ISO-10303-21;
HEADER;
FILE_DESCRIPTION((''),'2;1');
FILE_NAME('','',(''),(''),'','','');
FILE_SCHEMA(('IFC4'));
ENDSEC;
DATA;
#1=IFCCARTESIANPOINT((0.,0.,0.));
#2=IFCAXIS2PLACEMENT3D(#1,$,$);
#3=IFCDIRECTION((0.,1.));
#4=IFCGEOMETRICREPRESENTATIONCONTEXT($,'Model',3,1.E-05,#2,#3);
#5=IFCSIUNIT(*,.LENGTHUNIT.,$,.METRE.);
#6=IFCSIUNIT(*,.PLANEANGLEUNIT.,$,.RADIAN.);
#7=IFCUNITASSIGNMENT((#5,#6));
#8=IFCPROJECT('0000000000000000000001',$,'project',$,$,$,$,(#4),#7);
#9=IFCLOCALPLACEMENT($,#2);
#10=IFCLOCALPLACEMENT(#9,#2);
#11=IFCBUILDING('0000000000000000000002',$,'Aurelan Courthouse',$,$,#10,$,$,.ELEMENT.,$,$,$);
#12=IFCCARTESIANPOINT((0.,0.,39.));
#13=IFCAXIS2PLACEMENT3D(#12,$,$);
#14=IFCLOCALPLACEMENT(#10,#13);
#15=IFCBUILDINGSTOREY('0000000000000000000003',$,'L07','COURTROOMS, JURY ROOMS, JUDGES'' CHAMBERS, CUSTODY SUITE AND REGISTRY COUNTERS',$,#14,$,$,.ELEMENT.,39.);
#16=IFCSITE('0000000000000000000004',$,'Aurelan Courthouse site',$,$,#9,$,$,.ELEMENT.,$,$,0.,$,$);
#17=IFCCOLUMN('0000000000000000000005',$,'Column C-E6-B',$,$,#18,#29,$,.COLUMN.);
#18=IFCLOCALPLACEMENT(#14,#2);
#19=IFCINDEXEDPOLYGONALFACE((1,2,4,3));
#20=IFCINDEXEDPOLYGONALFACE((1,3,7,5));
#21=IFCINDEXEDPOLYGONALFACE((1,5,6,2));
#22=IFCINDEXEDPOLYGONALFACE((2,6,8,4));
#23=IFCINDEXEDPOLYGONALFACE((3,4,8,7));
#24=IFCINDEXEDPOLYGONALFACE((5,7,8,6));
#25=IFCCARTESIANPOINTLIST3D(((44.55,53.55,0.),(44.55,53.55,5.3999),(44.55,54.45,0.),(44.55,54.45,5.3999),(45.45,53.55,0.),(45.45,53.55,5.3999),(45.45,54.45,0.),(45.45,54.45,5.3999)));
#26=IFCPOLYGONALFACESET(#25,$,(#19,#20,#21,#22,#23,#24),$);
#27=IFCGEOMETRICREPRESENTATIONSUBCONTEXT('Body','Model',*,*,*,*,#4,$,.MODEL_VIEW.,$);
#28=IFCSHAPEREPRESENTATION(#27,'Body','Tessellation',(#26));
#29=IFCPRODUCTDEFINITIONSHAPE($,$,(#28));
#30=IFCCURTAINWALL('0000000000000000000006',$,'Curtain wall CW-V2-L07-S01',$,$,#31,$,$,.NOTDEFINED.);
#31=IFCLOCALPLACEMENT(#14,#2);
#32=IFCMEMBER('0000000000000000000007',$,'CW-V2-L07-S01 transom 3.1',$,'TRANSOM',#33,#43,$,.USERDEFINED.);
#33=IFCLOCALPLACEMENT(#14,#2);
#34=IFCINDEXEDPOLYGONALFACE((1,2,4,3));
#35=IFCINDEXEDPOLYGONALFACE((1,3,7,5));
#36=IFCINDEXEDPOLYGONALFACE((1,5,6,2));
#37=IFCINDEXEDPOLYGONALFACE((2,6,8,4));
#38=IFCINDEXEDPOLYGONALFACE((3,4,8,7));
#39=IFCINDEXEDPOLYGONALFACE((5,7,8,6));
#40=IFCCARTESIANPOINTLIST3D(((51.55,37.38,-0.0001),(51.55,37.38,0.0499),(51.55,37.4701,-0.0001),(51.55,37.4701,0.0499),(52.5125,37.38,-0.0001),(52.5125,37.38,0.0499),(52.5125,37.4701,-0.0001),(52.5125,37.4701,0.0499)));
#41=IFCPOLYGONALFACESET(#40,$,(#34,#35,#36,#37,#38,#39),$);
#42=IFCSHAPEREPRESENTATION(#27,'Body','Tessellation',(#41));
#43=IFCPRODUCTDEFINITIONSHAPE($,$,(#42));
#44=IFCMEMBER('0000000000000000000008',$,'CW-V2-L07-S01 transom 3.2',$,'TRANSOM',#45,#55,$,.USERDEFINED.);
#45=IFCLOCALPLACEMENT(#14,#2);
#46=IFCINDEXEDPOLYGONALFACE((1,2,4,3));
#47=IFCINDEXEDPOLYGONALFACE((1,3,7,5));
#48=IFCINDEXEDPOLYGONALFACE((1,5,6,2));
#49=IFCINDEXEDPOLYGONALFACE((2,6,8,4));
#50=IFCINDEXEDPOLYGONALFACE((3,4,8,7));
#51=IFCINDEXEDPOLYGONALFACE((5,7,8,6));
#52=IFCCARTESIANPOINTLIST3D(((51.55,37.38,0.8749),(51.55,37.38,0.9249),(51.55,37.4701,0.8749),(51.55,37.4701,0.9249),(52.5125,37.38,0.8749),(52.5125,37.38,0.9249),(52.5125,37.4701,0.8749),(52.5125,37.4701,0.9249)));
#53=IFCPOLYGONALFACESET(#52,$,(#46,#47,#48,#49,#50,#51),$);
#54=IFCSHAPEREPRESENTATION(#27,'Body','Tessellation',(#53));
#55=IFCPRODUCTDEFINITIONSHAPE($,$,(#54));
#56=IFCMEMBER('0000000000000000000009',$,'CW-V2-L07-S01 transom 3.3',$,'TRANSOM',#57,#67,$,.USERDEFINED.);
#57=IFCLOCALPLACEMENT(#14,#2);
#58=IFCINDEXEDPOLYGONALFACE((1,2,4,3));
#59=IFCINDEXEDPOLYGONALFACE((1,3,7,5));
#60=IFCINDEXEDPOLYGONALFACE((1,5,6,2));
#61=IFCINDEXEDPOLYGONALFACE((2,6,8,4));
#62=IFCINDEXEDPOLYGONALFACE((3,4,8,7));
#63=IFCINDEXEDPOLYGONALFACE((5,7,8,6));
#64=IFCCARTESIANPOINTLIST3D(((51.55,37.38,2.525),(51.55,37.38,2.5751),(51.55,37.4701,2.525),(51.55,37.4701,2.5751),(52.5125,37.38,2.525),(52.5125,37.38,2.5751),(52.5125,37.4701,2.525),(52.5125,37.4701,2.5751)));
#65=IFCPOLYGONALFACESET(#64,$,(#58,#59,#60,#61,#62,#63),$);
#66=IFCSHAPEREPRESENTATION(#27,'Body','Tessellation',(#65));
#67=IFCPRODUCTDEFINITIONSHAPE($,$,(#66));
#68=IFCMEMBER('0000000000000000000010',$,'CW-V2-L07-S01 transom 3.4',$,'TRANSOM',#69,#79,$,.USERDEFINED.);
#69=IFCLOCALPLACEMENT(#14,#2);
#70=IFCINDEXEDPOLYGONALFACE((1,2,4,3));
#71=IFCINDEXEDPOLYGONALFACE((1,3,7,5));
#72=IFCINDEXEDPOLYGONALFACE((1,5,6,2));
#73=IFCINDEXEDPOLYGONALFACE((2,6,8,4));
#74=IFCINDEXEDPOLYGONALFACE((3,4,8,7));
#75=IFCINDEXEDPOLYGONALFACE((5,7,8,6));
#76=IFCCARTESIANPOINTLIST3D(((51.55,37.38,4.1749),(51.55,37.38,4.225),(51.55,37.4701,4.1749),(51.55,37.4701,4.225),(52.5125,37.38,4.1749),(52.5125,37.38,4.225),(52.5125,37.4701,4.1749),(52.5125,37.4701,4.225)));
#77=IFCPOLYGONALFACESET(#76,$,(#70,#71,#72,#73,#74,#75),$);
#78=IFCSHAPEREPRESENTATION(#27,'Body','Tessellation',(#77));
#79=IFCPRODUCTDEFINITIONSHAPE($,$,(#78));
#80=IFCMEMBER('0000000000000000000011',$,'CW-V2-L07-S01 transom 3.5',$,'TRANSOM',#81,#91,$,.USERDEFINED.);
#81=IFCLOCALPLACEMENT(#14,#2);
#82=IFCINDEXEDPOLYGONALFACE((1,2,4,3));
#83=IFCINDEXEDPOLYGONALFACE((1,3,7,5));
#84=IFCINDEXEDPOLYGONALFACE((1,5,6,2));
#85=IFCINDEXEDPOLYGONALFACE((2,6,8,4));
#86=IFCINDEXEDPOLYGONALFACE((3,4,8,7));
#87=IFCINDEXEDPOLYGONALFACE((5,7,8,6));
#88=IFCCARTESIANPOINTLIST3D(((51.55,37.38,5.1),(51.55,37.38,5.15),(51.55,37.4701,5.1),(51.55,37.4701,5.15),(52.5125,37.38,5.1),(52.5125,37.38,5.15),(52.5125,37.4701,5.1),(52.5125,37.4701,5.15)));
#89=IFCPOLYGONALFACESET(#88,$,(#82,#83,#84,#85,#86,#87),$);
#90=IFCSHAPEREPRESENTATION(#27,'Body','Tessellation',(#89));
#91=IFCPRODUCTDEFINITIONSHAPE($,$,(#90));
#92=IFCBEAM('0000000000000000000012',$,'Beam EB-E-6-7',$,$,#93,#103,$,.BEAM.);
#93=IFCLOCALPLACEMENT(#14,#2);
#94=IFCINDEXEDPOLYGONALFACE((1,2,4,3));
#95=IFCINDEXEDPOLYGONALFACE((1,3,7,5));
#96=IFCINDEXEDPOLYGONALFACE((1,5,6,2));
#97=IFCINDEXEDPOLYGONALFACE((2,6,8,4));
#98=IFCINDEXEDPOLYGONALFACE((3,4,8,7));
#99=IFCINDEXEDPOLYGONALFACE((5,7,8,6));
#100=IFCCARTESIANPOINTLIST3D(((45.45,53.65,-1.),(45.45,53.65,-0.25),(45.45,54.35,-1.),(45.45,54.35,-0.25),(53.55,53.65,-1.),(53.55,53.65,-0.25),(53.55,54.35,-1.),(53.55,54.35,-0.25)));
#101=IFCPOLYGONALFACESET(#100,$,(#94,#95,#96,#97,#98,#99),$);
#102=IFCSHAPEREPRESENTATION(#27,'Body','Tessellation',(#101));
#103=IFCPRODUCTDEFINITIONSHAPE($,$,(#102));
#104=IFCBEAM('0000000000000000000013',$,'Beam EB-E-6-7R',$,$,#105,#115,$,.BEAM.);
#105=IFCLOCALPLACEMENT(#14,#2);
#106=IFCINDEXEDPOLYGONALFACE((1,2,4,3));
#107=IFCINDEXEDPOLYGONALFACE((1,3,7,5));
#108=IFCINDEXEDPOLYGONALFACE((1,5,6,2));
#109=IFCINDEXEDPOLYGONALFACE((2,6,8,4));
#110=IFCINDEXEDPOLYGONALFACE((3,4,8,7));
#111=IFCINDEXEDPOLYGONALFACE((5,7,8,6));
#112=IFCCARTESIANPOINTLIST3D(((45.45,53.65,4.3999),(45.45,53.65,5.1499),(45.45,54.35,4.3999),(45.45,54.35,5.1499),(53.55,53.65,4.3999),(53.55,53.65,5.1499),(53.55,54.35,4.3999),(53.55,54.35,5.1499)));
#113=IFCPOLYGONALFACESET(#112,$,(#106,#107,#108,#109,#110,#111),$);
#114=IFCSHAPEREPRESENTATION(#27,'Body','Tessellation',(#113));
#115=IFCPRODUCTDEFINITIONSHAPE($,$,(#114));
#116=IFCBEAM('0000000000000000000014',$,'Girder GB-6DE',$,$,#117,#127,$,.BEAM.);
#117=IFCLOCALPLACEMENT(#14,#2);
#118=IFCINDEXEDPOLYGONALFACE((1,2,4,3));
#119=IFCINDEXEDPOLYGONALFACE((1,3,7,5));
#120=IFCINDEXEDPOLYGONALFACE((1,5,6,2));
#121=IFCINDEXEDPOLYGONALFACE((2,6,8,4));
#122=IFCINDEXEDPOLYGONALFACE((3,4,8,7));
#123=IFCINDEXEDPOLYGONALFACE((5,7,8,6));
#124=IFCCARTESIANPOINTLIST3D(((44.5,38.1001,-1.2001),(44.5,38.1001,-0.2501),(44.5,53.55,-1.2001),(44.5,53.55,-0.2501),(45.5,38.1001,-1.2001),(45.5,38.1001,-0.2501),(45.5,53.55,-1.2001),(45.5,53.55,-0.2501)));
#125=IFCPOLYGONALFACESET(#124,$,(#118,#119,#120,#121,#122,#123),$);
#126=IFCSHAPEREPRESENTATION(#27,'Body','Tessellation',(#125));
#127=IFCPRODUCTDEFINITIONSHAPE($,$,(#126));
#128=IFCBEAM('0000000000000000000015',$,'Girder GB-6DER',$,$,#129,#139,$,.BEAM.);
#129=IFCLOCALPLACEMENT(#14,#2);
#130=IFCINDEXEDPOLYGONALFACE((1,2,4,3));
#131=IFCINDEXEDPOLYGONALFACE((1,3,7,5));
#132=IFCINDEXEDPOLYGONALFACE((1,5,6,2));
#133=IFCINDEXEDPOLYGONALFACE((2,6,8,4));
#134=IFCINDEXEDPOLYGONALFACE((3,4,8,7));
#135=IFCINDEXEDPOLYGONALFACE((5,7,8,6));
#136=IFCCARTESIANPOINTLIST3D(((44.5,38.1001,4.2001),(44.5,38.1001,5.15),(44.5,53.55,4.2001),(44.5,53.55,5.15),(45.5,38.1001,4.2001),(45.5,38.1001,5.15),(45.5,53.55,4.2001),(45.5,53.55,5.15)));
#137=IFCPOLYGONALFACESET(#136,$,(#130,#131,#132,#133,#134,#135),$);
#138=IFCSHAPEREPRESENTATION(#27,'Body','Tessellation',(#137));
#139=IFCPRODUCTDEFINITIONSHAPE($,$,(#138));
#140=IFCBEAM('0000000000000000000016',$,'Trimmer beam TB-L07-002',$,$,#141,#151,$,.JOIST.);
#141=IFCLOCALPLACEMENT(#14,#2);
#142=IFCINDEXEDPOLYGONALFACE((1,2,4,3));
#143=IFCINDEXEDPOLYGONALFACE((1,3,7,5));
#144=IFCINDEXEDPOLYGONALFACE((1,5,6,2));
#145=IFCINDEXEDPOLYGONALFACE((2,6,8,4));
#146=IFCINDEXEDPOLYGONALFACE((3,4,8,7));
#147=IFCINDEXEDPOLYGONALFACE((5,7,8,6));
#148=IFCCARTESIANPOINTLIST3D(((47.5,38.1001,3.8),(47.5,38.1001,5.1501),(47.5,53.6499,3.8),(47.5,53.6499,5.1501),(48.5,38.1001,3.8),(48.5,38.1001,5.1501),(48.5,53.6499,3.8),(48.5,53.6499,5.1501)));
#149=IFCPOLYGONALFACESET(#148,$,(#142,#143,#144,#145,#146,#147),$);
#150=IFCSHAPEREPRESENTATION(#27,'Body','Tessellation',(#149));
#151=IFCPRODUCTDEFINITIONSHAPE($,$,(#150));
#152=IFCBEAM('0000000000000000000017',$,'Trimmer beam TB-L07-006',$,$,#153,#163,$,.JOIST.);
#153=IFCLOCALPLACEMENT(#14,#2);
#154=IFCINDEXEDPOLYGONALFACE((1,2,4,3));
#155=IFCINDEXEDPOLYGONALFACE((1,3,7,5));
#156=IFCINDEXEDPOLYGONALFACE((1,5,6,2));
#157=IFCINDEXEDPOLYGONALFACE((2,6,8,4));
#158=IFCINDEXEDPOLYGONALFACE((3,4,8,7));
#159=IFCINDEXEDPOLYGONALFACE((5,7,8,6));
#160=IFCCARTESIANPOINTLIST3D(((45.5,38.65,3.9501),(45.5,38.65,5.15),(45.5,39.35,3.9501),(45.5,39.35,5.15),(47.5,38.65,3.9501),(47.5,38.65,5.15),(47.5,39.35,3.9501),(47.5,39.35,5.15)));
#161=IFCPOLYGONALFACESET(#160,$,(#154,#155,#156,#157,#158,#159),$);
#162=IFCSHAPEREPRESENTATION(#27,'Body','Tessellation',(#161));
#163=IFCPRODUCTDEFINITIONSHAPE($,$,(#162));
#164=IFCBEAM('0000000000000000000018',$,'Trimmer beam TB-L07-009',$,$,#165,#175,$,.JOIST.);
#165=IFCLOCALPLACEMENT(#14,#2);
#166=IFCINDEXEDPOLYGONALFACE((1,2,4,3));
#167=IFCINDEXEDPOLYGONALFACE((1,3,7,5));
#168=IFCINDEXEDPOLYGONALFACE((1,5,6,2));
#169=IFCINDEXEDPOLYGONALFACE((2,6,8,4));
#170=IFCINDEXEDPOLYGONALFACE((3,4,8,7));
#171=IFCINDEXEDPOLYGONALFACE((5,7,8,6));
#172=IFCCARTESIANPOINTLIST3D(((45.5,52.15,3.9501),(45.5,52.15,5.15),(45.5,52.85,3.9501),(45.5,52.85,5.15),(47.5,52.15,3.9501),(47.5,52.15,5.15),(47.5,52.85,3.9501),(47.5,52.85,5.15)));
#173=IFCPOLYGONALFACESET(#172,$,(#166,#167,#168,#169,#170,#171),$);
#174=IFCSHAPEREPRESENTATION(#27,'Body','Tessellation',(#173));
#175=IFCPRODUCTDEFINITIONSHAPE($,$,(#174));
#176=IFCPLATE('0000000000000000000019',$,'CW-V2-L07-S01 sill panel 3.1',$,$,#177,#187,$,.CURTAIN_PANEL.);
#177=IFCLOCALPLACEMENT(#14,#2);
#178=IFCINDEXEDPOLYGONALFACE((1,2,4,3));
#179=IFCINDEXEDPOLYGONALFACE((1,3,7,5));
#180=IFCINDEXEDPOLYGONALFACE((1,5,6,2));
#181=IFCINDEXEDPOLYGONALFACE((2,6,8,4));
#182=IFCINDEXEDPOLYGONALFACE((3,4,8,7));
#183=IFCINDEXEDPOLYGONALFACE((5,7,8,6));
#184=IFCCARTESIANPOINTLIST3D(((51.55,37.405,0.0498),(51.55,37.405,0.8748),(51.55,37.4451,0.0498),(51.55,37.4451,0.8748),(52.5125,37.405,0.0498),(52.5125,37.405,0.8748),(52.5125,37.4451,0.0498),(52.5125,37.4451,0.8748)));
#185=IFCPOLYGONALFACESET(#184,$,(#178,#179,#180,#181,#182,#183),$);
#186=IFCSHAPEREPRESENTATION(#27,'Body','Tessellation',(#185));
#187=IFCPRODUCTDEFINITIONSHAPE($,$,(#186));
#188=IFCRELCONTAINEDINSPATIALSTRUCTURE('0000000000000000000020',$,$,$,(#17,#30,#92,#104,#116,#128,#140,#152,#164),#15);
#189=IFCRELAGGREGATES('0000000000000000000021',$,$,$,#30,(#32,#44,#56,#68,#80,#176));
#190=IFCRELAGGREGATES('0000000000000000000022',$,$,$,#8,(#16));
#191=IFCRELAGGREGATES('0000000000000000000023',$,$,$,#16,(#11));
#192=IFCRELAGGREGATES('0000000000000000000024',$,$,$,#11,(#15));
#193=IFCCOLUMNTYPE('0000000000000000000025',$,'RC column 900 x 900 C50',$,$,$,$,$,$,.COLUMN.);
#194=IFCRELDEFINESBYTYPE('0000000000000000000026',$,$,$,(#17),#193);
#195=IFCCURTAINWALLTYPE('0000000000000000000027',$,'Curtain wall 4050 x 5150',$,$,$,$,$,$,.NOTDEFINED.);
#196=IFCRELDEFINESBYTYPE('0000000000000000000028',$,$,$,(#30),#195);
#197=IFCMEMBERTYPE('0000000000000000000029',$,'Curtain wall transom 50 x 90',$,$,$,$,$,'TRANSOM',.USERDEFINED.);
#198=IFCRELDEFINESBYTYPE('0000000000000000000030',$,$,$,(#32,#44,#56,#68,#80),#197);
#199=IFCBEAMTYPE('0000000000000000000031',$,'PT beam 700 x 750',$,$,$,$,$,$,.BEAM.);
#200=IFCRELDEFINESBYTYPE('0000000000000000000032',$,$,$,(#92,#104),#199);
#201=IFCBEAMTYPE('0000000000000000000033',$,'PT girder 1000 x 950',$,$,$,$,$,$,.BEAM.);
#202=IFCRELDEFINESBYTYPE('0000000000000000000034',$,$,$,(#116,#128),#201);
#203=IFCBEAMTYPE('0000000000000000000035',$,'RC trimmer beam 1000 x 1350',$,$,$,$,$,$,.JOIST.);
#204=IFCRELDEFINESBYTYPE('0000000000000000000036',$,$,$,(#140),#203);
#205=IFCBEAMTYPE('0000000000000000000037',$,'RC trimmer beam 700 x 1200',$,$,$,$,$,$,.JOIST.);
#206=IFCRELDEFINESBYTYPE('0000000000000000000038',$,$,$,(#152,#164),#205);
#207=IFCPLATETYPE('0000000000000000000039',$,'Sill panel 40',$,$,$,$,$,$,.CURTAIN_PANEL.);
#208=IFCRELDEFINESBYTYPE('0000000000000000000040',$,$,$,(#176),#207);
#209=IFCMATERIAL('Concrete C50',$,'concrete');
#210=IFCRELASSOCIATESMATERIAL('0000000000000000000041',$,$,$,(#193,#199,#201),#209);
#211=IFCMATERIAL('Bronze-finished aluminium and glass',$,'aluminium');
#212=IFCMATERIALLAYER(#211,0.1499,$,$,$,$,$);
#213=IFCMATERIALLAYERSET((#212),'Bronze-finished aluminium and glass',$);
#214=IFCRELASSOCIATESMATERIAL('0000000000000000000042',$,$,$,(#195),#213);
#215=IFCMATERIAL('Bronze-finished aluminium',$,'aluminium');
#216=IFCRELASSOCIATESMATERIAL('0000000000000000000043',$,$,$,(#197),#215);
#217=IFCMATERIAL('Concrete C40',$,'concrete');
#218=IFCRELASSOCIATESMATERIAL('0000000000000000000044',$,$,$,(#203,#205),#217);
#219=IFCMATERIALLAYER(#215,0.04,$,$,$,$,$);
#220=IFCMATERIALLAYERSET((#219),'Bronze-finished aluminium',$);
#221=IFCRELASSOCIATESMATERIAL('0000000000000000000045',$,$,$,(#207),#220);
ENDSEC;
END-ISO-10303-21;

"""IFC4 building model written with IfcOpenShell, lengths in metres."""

from ifc_helpers import new_model, si_unit, direction, frame, origin, origin_2d, place, context, subcontext, project, spatial, rectangle, extrude, material, layer, layer_set, material_profile, profile_set, type_object, element, aggregate, save


model = new_model("IFC4")

# Units and contexts
model_context = context("Model", 3, precision=1e-05, world=origin(), true_north=direction((0.0, 1.0)))
body_context = subcontext(model_context, "Body", "Model", "MODEL_VIEW")
ifc_project = project(units=[si_unit("LENGTHUNIT", "METRE"), si_unit("PLANEANGLEUNIT", "RADIAN")], contexts=[model_context])

# Site, building, storey
site_placement = place(None, origin())
site = spatial("IfcSite", under=ifc_project, at=site_placement, Name="Aurelan Courthouse site", CompositionType="ELEMENT", RefElevation=0.0)
building_placement = place(site_placement, origin())
building = spatial("IfcBuilding", under=site, at=building_placement, Name="Aurelan Courthouse", CompositionType="ELEMENT")
storey_placement = place(building_placement, frame((0.0, 0.0, 39.0)))
storey = spatial("IfcBuildingStorey", under=building, at=storey_placement, Name="L07", Description="COURTROOMS, JURY ROOMS, JUDGES' CHAMBERS, CUSTODY SUITE AND REGISTRY COUNTERS", CompositionType="ELEMENT", Elevation=39.0)

# Column
ifc_material_1 = material(Name="Concrete C50", Category="concrete")
ifc_material_profile_1 = material_profile(ifc_material_1, rectangle(XDim=0.8999, YDim=0.8999, at=origin_2d()), Name="RC 900 x 900")
ifc_profile_set_1 = profile_set([ifc_material_profile_1], Name="Concrete C50")
column_type = type_object("IfcColumnType", Name="RC column 900 x 900 C50", PredefinedType="COLUMN", material=ifc_profile_set_1)
column_placement = place(storey_placement, frame((45.0, 54.0, 0.0), z_axis=(0.0, 0.0, 1.0), x_axis=(1.0, 0.0, 0.0)))
element("IfcColumn", 1, at=column_placement, inside=storey, type_object=column_type, Name="Column C-E6-B", PredefinedType="COLUMN", context=body_context, shape_type="SweptSolid", body=[
    extrude(rectangle(XDim=0.8999, YDim=0.8999, at=origin_2d()), origin(), (0.0, 0.0, 1.0), 5.3999),
])

# Curtain wall, members
ifc_material_2 = material(Name="Bronze-finished aluminium and glass", Category="aluminium")
ifc_layer_1 = layer(ifc_material_2, 0.1499)
ifc_layer_set_1 = layer_set([ifc_layer_1], Name="Bronze-finished aluminium and glass")
curtain_wall_type = type_object("IfcCurtainWallType", Name="Curtain wall 4050 x 5150", PredefinedType="NOTDEFINED", material=ifc_layer_set_1)
curtain_wall_placement = place(storey_placement, origin())
curtain_wall = element("IfcCurtainWall", 2, at=curtain_wall_placement, inside=storey, type_object=curtain_wall_type, Name="Curtain wall CW-V2-L07-S01", PredefinedType="NOTDEFINED")
ifc_material_3 = material(Name="Bronze-finished aluminium", Category="aluminium")
ifc_material_profile_2 = material_profile(ifc_material_3, rectangle(XDim=0.0901, YDim=0.05, at=origin_2d()), Name="Bronze transom 50 x 90")
ifc_profile_set_2 = profile_set([ifc_material_profile_2], Name="Bronze-finished aluminium")
member_type = type_object("IfcMemberType", Name="Curtain wall transom 50 x 90", ElementType="TRANSOM", PredefinedType="USERDEFINED", material=ifc_profile_set_2)
member_1_placement = place(storey_placement, frame((51.55, 37.425, 0.0249), z_axis=(1.0, 0.0, 0.0), x_axis=(0.0, 1.0, 0.0)))
member_1 = element("IfcMember", 3, at=member_1_placement, type_object=member_type, Name="CW-V2-L07-S01 transom 3.1", ObjectType="TRANSOM", PredefinedType="USERDEFINED", context=body_context, shape_type="SweptSolid", body=[
    extrude(rectangle(XDim=0.0901, YDim=0.05, at=origin_2d()), origin(), (0.0, 0.0, 1.0), 0.9624),
])
member_2_placement = place(storey_placement, frame((51.55, 37.425, 0.8999), z_axis=(1.0, 0.0, 0.0), x_axis=(0.0, 1.0, 0.0)))
member_2 = element("IfcMember", 4, at=member_2_placement, type_object=member_type, Name="CW-V2-L07-S01 transom 3.2", ObjectType="TRANSOM", PredefinedType="USERDEFINED", context=body_context, shape_type="SweptSolid", body=[
    extrude(rectangle(XDim=0.0901, YDim=0.05, at=origin_2d()), origin(), (0.0, 0.0, 1.0), 0.9624),
])
member_3_placement = place(storey_placement, frame((51.55, 37.425, 2.55), z_axis=(1.0, 0.0, 0.0), x_axis=(0.0, 1.0, 0.0)))
member_3 = element("IfcMember", 5, at=member_3_placement, type_object=member_type, Name="CW-V2-L07-S01 transom 3.3", ObjectType="TRANSOM", PredefinedType="USERDEFINED", context=body_context, shape_type="SweptSolid", body=[
    extrude(rectangle(XDim=0.0901, YDim=0.05, at=origin_2d()), origin(), (0.0, 0.0, 1.0), 0.9624),
])
member_4_placement = place(storey_placement, frame((51.55, 37.425, 4.2), z_axis=(1.0, 0.0, 0.0), x_axis=(0.0, 1.0, 0.0)))
member_4 = element("IfcMember", 6, at=member_4_placement, type_object=member_type, Name="CW-V2-L07-S01 transom 3.4", ObjectType="TRANSOM", PredefinedType="USERDEFINED", context=body_context, shape_type="SweptSolid", body=[
    extrude(rectangle(XDim=0.0901, YDim=0.05, at=origin_2d()), origin(), (0.0, 0.0, 1.0), 0.9624),
])
member_5_placement = place(storey_placement, frame((51.55, 37.425, 5.125), z_axis=(1.0, 0.0, 0.0), x_axis=(0.0, 1.0, 0.0)))
member_5 = element("IfcMember", 7, at=member_5_placement, type_object=member_type, Name="CW-V2-L07-S01 transom 3.5", ObjectType="TRANSOM", PredefinedType="USERDEFINED", context=body_context, shape_type="SweptSolid", body=[
    extrude(rectangle(XDim=0.0901, YDim=0.05, at=origin_2d()), origin(), (0.0, 0.0, 1.0), 0.9624),
])

# Beams
ifc_material_profile_3 = material_profile(ifc_material_1, rectangle(XDim=0.7, YDim=0.75, at=origin_2d()), Name="RC 700 x 750")
ifc_profile_set_3 = profile_set([ifc_material_profile_3], Name="Concrete C50")
beam_type_1 = type_object("IfcBeamType", Name="PT beam 700 x 750", PredefinedType="BEAM", material=ifc_profile_set_3)
for number, where, z_axis, x_axis, name in (
    (8, (45.45, 54.0, -0.625), (1.0, 0.0, 0.0), (0.0, 1.0, 0.0), "Beam EB-E-6-7"),
    (9, (45.45, 54.0, 4.7749), (1.0, 0.0, 0.0), (0.0, 1.0, 0.0), "Beam EB-E-6-7R"),
):
    element("IfcBeam", number, at=place(storey_placement, frame(where, z_axis=z_axis, x_axis=x_axis)), inside=storey, type_object=beam_type_1, Name=name, PredefinedType="BEAM", context=body_context, shape_type="SweptSolid", body=[
        extrude(rectangle(XDim=0.7, YDim=0.75, at=origin_2d()), origin(), (0.0, 0.0, 1.0), 8.1001),
    ])
ifc_material_profile_4 = material_profile(ifc_material_1, rectangle(XDim=1.0, YDim=0.95, at=origin_2d()), Name="RC 1000 x 950")
ifc_profile_set_4 = profile_set([ifc_material_profile_4], Name="Concrete C50")
beam_type_2 = type_object("IfcBeamType", Name="PT girder 1000 x 950", PredefinedType="BEAM", material=ifc_profile_set_4)
for number, where, z_axis, x_axis, name in (
    (10, (45.0, 38.1001, -0.7251), (0.0, 1.0, 0.0), (-1.0, 0.0, 0.0), "Girder GB-6DE"),
    (11, (45.0, 38.1001, 4.675), (0.0, 1.0, 0.0), (-1.0, 0.0, 0.0), "Girder GB-6DER"),
):
    element("IfcBeam", number, at=place(storey_placement, frame(where, z_axis=z_axis, x_axis=x_axis)), inside=storey, type_object=beam_type_2, Name=name, PredefinedType="BEAM", context=body_context, shape_type="SweptSolid", body=[
        extrude(rectangle(XDim=1.0, YDim=0.95, at=origin_2d()), origin(), (0.0, 0.0, 1.0), 15.45),
    ])
ifc_material_4 = material(Name="Concrete C40", Category="concrete")
ifc_material_profile_5 = material_profile(ifc_material_4, rectangle(XDim=1.0, YDim=1.3501, at=origin_2d()), Name="RC 1000 x 1350")
ifc_profile_set_5 = profile_set([ifc_material_profile_5], Name="Concrete C40")
beam_type_3 = type_object("IfcBeamType", Name="RC trimmer beam 1000 x 1350", PredefinedType="JOIST", material=ifc_profile_set_5)
beam_placement = place(storey_placement, frame((48.0, 38.1001, 4.4751), z_axis=(0.0, 1.0, 0.0), x_axis=(-1.0, 0.0, 0.0)))
element("IfcBeam", 12, at=beam_placement, inside=storey, type_object=beam_type_3, Name="Trimmer beam TB-L07-002", PredefinedType="JOIST", context=body_context, shape_type="SweptSolid", body=[
    extrude(rectangle(XDim=1.0, YDim=1.3501, at=origin_2d()), origin(), (0.0, 0.0, 1.0), 15.5498),
])
ifc_material_profile_6 = material_profile(ifc_material_4, rectangle(XDim=0.7, YDim=1.2, at=origin_2d()), Name="RC 700 x 1200")
ifc_profile_set_6 = profile_set([ifc_material_profile_6], Name="Concrete C40")
beam_type_4 = type_object("IfcBeamType", Name="RC trimmer beam 700 x 1200", PredefinedType="JOIST", material=ifc_profile_set_6)
for number, where, z_axis, x_axis, name in (
    (13, (45.5, 39.0, 4.55), (1.0, 0.0, 0.0), (0.0, 1.0, 0.0), "Trimmer beam TB-L07-006"),
    (14, (45.5, 52.5, 4.55), (1.0, 0.0, 0.0), (0.0, 1.0, 0.0), "Trimmer beam TB-L07-009"),
):
    element("IfcBeam", number, at=place(storey_placement, frame(where, z_axis=z_axis, x_axis=x_axis)), inside=storey, type_object=beam_type_4, Name=name, PredefinedType="JOIST", context=body_context, shape_type="SweptSolid", body=[
        extrude(rectangle(XDim=0.7, YDim=1.2, at=origin_2d()), origin(), (0.0, 0.0, 1.0), 2.0),
    ])

# Plate
ifc_layer_2 = layer(ifc_material_3, 0.04)
ifc_layer_set_2 = layer_set([ifc_layer_2], Name="Bronze-finished aluminium")
plate_type_1 = type_object("IfcPlateType", Name="Sill panel 40", PredefinedType="CURTAIN_PANEL", material=ifc_layer_set_2)
plate_1_placement = place(storey_placement, frame((52.0312, 37.425, 0.0498), z_axis=(0.0, 0.0, 1.0), x_axis=(1.0, 0.0, 0.0)))
plate_1 = element("IfcPlate", 15, at=plate_1_placement, type_object=plate_type_1, Name="CW-V2-L07-S01 sill panel 3.1", PredefinedType="CURTAIN_PANEL", context=body_context, shape_type="SweptSolid", body=[
    extrude(rectangle(XDim=0.9624, YDim=0.04, at=origin_2d()), origin(), (0.0, 0.0, 1.0), 0.825),
])
aggregate(curtain_wall, [member_1, member_2, member_3, member_4, member_5, plate_1])

save(model, "model.ifc")
